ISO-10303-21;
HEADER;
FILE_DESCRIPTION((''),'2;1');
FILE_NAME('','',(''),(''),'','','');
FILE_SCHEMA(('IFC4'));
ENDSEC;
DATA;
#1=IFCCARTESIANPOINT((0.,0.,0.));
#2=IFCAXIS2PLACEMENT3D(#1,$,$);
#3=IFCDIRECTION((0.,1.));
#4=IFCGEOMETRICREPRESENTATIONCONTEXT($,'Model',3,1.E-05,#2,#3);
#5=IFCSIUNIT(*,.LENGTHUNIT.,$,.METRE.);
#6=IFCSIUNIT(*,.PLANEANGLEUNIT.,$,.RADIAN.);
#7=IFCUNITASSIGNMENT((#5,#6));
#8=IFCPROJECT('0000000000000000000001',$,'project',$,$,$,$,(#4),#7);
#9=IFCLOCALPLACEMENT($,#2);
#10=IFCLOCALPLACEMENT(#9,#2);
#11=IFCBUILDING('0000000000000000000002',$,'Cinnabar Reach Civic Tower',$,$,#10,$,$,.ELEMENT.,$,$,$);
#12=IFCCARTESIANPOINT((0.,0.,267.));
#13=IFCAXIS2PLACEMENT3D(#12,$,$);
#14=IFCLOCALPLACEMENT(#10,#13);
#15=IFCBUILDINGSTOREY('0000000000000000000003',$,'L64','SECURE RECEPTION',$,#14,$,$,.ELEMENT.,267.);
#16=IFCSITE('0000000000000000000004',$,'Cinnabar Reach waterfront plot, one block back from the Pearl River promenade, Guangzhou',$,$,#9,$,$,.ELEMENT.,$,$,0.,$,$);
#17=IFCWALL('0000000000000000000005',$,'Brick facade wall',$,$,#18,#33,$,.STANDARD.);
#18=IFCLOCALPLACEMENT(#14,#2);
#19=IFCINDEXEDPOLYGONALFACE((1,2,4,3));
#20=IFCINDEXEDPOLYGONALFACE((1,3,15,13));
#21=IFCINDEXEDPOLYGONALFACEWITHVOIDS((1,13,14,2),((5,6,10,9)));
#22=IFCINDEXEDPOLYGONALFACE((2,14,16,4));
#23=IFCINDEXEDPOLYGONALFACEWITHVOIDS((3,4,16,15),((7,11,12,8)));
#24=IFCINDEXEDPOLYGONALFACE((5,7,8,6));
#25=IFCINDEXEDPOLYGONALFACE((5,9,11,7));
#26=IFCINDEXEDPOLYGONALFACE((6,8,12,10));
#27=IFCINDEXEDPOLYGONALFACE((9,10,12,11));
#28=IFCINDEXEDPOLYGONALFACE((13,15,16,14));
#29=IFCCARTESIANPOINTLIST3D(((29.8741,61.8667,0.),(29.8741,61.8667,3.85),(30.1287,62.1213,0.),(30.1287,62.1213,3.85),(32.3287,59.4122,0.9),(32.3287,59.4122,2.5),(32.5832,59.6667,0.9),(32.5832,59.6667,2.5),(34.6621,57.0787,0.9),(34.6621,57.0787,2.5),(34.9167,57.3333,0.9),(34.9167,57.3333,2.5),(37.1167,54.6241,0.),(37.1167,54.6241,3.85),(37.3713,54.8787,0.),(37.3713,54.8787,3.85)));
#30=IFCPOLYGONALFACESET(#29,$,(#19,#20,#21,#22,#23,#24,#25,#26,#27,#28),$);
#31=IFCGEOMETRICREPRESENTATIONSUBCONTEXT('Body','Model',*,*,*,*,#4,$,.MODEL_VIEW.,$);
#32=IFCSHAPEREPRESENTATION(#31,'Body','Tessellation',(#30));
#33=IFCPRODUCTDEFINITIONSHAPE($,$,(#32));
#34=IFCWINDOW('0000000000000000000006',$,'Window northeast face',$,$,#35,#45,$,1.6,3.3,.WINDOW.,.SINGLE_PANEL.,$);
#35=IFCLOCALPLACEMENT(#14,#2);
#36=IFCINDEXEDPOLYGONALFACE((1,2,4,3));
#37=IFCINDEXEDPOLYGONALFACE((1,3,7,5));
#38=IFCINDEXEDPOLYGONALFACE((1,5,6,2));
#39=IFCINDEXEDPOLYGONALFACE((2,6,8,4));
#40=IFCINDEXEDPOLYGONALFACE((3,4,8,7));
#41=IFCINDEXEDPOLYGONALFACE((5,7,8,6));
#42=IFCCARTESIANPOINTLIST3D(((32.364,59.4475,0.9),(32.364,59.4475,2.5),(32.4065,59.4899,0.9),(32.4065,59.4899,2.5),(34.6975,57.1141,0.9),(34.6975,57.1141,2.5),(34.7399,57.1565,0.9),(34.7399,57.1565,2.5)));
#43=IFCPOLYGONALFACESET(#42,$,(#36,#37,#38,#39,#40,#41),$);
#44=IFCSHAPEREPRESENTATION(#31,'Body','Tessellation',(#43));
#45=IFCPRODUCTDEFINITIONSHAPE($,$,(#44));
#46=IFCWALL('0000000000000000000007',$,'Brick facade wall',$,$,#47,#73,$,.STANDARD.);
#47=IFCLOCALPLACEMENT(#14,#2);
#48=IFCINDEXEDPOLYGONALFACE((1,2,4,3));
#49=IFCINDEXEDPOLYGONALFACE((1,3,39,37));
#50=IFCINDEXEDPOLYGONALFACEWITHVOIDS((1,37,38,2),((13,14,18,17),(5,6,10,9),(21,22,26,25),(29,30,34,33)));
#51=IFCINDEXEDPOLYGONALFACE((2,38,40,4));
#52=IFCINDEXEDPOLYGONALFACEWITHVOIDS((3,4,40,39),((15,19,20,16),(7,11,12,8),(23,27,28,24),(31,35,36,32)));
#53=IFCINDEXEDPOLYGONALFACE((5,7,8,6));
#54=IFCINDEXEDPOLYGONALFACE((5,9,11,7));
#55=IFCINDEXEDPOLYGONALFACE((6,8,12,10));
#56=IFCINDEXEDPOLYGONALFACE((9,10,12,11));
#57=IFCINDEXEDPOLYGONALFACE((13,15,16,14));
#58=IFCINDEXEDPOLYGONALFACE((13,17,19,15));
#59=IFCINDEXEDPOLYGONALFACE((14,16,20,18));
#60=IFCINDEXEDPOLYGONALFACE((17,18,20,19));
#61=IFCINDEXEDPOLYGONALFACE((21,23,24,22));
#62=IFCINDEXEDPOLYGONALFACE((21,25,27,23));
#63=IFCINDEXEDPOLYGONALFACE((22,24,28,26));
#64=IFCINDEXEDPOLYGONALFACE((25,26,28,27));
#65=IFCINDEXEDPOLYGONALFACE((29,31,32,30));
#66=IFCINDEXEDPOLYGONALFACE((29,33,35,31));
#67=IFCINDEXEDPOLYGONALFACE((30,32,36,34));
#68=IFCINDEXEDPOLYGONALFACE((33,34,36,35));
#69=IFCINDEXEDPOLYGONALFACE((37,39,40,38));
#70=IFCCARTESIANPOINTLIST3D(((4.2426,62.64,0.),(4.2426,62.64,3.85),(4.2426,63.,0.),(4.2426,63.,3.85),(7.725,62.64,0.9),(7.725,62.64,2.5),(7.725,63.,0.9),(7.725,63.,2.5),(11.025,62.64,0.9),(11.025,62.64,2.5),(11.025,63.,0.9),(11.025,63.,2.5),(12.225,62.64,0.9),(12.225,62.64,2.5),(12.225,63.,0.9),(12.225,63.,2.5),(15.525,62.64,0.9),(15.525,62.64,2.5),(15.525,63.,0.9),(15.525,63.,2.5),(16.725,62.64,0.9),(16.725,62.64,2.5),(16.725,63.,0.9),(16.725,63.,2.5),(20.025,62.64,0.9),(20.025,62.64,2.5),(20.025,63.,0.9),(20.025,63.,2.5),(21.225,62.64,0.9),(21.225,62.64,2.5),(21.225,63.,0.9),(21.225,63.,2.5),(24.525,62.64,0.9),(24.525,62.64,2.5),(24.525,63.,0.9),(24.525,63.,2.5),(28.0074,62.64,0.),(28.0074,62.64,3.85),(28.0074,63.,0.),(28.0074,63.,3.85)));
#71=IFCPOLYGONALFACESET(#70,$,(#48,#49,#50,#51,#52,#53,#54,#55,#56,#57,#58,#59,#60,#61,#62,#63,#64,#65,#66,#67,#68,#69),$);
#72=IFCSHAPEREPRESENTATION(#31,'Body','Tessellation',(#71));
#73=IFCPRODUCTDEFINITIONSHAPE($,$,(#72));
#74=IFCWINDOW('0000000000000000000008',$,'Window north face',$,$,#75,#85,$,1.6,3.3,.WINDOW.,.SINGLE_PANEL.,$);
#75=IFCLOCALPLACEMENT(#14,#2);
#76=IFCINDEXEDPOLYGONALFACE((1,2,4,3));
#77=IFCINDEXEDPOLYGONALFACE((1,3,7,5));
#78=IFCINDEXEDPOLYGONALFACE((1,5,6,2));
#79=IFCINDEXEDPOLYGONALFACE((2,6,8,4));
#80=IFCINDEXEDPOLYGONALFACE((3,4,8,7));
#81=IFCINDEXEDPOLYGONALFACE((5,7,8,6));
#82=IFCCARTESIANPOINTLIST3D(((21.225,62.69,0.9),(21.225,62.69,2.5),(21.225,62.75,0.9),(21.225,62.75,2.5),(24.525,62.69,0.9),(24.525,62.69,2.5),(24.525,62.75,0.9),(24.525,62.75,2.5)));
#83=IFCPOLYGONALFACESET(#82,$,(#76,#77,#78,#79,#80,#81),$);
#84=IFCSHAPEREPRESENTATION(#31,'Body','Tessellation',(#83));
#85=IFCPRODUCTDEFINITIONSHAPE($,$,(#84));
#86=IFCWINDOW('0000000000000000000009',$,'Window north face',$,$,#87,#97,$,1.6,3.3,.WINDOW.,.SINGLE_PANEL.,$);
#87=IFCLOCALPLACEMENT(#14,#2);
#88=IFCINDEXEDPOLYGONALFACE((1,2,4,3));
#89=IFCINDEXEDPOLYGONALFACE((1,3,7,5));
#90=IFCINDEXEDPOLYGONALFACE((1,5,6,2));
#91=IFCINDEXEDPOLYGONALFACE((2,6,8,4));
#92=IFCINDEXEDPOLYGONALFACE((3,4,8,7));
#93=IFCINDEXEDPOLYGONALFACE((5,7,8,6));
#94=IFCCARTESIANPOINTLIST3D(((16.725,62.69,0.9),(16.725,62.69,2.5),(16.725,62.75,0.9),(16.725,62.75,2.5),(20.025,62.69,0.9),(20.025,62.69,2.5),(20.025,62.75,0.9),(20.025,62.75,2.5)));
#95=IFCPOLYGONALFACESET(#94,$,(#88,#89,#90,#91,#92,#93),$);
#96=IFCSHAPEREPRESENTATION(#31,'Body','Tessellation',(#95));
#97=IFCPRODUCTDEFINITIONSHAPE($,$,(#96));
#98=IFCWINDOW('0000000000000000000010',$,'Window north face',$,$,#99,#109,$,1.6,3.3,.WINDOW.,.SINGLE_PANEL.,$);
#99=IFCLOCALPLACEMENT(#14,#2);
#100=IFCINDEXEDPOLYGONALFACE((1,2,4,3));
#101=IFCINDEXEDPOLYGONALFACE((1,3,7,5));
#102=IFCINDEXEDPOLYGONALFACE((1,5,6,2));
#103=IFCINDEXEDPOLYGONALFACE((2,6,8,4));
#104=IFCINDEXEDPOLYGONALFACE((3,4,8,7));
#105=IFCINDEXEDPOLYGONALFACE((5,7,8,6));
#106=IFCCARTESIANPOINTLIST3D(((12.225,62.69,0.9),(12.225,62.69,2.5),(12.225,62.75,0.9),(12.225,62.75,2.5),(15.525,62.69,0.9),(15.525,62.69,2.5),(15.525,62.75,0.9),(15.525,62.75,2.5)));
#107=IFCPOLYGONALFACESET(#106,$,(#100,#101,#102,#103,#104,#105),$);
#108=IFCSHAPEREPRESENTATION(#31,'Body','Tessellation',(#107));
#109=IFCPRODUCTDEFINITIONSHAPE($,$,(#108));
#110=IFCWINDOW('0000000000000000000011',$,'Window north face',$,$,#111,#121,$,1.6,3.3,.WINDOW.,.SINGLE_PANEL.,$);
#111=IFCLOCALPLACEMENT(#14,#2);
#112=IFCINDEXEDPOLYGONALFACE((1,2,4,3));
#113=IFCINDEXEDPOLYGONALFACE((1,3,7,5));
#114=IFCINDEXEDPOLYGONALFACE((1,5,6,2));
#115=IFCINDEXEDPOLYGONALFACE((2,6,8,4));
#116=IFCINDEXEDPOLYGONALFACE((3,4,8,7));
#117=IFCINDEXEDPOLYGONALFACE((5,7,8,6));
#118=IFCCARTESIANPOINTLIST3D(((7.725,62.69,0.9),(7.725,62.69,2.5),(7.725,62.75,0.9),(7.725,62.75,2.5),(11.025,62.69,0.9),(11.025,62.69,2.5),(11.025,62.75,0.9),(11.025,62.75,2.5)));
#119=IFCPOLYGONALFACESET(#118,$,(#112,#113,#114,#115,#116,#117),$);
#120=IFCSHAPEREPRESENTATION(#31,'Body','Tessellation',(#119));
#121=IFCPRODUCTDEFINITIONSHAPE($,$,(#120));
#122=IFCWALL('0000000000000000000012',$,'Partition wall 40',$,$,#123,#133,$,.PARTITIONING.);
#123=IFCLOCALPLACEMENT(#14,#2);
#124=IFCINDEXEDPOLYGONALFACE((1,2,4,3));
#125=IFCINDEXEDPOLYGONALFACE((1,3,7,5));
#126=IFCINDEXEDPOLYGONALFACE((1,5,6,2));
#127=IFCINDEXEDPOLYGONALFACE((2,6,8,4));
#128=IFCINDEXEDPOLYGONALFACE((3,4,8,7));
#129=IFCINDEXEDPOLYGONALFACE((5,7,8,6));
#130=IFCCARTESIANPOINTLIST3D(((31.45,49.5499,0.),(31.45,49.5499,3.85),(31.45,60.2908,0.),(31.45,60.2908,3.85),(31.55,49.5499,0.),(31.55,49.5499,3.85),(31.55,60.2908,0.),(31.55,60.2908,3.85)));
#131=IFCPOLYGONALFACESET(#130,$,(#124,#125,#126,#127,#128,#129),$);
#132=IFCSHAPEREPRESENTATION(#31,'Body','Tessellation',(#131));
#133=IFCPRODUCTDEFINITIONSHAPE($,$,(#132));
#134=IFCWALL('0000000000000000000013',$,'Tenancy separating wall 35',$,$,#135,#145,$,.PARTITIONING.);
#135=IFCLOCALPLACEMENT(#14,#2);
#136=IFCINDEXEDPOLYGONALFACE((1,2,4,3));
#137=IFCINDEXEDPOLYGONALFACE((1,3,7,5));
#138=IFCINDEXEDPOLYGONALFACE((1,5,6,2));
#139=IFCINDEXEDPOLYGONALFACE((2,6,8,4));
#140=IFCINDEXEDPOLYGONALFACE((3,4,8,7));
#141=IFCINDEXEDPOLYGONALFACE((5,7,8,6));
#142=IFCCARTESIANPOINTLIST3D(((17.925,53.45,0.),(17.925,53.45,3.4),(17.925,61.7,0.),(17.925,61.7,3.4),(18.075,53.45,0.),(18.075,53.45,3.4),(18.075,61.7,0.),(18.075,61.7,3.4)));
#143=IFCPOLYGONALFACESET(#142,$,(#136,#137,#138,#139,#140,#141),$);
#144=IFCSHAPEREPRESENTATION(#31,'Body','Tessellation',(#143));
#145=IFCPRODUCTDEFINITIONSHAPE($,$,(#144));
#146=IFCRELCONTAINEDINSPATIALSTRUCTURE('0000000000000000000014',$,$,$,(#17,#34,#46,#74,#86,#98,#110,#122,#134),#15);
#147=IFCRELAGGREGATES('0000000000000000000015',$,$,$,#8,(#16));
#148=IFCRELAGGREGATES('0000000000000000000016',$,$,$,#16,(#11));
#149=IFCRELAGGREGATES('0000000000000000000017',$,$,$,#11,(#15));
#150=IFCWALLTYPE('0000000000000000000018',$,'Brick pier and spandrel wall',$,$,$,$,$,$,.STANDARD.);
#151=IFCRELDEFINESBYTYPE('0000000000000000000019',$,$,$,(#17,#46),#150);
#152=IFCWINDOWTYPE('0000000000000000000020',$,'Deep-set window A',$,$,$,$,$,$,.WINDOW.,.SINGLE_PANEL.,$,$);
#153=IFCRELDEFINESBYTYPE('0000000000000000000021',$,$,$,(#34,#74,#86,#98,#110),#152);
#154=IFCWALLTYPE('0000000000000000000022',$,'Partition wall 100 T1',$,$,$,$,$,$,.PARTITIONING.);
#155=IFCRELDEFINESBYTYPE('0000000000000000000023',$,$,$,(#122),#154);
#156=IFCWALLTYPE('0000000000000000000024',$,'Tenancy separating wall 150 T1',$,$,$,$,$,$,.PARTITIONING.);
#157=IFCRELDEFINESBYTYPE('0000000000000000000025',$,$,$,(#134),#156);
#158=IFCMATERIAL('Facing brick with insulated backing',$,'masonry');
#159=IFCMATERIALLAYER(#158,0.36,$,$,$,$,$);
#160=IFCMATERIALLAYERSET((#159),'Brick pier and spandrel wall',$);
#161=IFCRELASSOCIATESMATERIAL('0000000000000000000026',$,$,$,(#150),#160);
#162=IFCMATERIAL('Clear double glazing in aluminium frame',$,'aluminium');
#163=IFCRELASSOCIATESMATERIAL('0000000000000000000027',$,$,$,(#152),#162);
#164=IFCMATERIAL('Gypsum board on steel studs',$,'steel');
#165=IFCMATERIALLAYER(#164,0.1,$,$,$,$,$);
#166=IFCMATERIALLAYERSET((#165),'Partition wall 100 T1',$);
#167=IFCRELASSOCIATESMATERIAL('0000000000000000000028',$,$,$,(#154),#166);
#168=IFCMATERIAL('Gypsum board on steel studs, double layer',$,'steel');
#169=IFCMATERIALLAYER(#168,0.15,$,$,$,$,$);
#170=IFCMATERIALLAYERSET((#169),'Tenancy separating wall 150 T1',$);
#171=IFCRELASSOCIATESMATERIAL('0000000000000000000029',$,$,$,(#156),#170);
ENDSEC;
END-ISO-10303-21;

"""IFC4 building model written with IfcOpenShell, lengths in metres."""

from ifc_helpers import new_model, si_unit, direction, frame, frame_2d, origin, place, context, subcontext, project, spatial, rectangle, extrude, material, layer, layer_set, type_object, element, fill, save


model = new_model("IFC4")

# Units and contexts
model_context = context("Model", 3, precision=1e-05, world=origin(), true_north=direction((0.0, 1.0)))
body_context = subcontext(model_context, "Body", "Model", "MODEL_VIEW")
ifc_project = project(units=[si_unit("LENGTHUNIT", "METRE"), si_unit("PLANEANGLEUNIT", "RADIAN")], contexts=[model_context])

# Site, building, storey
site_placement = place(None, origin())
site = spatial("IfcSite", under=ifc_project, at=site_placement, Name="Cinnabar Reach waterfront plot, one block back from the Pearl River promenade, Guangzhou", CompositionType="ELEMENT", RefElevation=0.0)
building_placement = place(site_placement, origin())
building = spatial("IfcBuilding", under=site, at=building_placement, Name="Cinnabar Reach Civic Tower", CompositionType="ELEMENT")
storey_placement = place(building_placement, frame((0.0, 0.0, 267.0)))
storey = spatial("IfcBuildingStorey", under=building, at=storey_placement, Name="L64", Description="SECURE RECEPTION", CompositionType="ELEMENT", Elevation=267.0)

# Shared definitions
ifc_material_1 = material(Name="Facing brick with insulated backing", Category="masonry")

# Wall, opening, window
ifc_layer_1 = layer(ifc_material_1, 0.36)
ifc_layer_set_1 = layer_set([ifc_layer_1], Name="Brick pier and spandrel wall")
wall_type_1 = type_object("IfcWallType", Name="Brick pier and spandrel wall", PredefinedType="STANDARD", material=ifc_layer_set_1)
wall_1_placement = place(storey_placement, frame((37.244, 54.7514, 0.0), z_axis=(0.0, 0.0, 1.0), x_axis=(-0.707107, 0.707107, 0.0)))
wall_1 = element("IfcWall", 1, at=wall_1_placement, inside=storey, type_object=wall_type_1, Name="Brick facade wall", PredefinedType="STANDARD", context=body_context, shape_type="SweptSolid", body=[
    extrude(rectangle(XDim=10.2426, YDim=0.36, at=frame_2d((5.1213, 0.0))), origin(), (0.0, 0.0, 1.0), 3.85),
])
opening_1_placement = place(wall_1_placement, frame((3.4713, 0.0, 0.9)))
opening_1 = element("IfcOpeningElement", 2, at=opening_1_placement, cuts=wall_1, PredefinedType="OPENING", context=body_context, shape_type="SweptSolid", body=[
    extrude(rectangle(XDim=3.3, YDim=1.6, at=frame_2d((1.65, 0.8))), frame((0.0, 0.19, 0.0), z_axis=(0.0, -1.0, 0.0), x_axis=(1.0, 0.0, 0.0)), (0.0, 0.0, 1.0), 0.38),
])
ifc_material_2 = material(Name="Clear double glazing in aluminium frame", Category="aluminium")
window_type = type_object("IfcWindowType", Name="Deep-set window A", PartitioningType="SINGLE_PANEL", PredefinedType="WINDOW", material=ifc_material_2)
window_1_placement = place(opening_1_placement, origin())
window_1 = element("IfcWindow", 3, at=window_1_placement, inside=storey, type_object=window_type, Name="Window northeast face", OverallHeight=1.6, OverallWidth=3.3, PartitioningType="SINGLE_PANEL", PredefinedType="WINDOW", context=body_context, shape_type="SweptSolid", body=[
    extrude(rectangle(XDim=3.3, YDim=1.6, at=frame_2d((1.65, 0.8))), frame((0.0, 0.13, 0.0), z_axis=(0.0, -1.0, 0.0), x_axis=(1.0, 0.0, 0.0)), (0.0, 0.0, 1.0), 0.06),
])
fill(opening_1, window_1)

# Wall, openings, windows
wall_2_placement = place(storey_placement, frame((28.0074, 62.82, 0.0), z_axis=(0.0, 0.0, 1.0), x_axis=(-1.0, 0.0, 0.0)))
wall_2 = element("IfcWall", 4, at=wall_2_placement, inside=storey, type_object=wall_type_1, Name="Brick facade wall", PredefinedType="STANDARD", context=body_context, shape_type="SweptSolid", body=[
    extrude(rectangle(XDim=23.7648, YDim=0.36, at=frame_2d((11.8824, 0.0))), origin(), (0.0, 0.0, 1.0), 3.85),
])
opening_2_placement = place(wall_2_placement, frame((3.4824, 0.0, 0.9)))
opening_2 = element("IfcOpeningElement", 5, at=opening_2_placement, cuts=wall_2, PredefinedType="OPENING", context=body_context, shape_type="SweptSolid", body=[
    extrude(rectangle(XDim=3.3, YDim=1.6, at=frame_2d((1.65, 0.8))), frame((0.0, 0.19, 0.0), z_axis=(0.0, -1.0, 0.0), x_axis=(1.0, 0.0, 0.0)), (0.0, 0.0, 1.0), 0.38),
])
opening_3_placement = place(wall_2_placement, frame((7.9824, 0.0, 0.9)))
opening_3 = element("IfcOpeningElement", 6, at=opening_3_placement, cuts=wall_2, PredefinedType="OPENING", context=body_context, shape_type="SweptSolid", body=[
    extrude(rectangle(XDim=3.3, YDim=1.6, at=frame_2d((1.65, 0.8))), frame((0.0, 0.19, 0.0), z_axis=(0.0, -1.0, 0.0), x_axis=(1.0, 0.0, 0.0)), (0.0, 0.0, 1.0), 0.38),
])
opening_4_placement = place(wall_2_placement, frame((12.4824, 0.0, 0.9)))
opening_4 = element("IfcOpeningElement", 7, at=opening_4_placement, cuts=wall_2, PredefinedType="OPENING", context=body_context, shape_type="SweptSolid", body=[
    extrude(rectangle(XDim=3.3, YDim=1.6, at=frame_2d((1.65, 0.8))), frame((0.0, 0.19, 0.0), z_axis=(0.0, -1.0, 0.0), x_axis=(1.0, 0.0, 0.0)), (0.0, 0.0, 1.0), 0.38),
])
opening_5_placement = place(wall_2_placement, frame((16.9824, 0.0, 0.9)))
opening_5 = element("IfcOpeningElement", 8, at=opening_5_placement, cuts=wall_2, PredefinedType="OPENING", context=body_context, shape_type="SweptSolid", body=[
    extrude(rectangle(XDim=3.3, YDim=1.6, at=frame_2d((1.65, 0.8))), frame((0.0, 0.19, 0.0), z_axis=(0.0, -1.0, 0.0), x_axis=(1.0, 0.0, 0.0)), (0.0, 0.0, 1.0), 0.38),
])
window_2_placement = place(opening_2_placement, origin())
window_2 = element("IfcWindow", 9, at=window_2_placement, inside=storey, type_object=window_type, Name="Window north face", OverallHeight=1.6, OverallWidth=3.3, PartitioningType="SINGLE_PANEL", PredefinedType="WINDOW", context=body_context, shape_type="SweptSolid", body=[
    extrude(rectangle(XDim=3.3, YDim=1.6, at=frame_2d((1.65, 0.8))), frame((0.0, 0.13, 0.0), z_axis=(0.0, -1.0, 0.0), x_axis=(1.0, 0.0, 0.0)), (0.0, 0.0, 1.0), 0.06),
])
fill(opening_2, window_2)
window_3_placement = place(opening_3_placement, origin())
window_3 = element("IfcWindow", 10, at=window_3_placement, inside=storey, type_object=window_type, Name="Window north face", OverallHeight=1.6, OverallWidth=3.3, PartitioningType="SINGLE_PANEL", PredefinedType="WINDOW", context=body_context, shape_type="SweptSolid", body=[
    extrude(rectangle(XDim=3.3, YDim=1.6, at=frame_2d((1.65, 0.8))), frame((0.0, 0.13, 0.0), z_axis=(0.0, -1.0, 0.0), x_axis=(1.0, 0.0, 0.0)), (0.0, 0.0, 1.0), 0.06),
])
fill(opening_3, window_3)
window_4_placement = place(opening_4_placement, origin())
window_4 = element("IfcWindow", 11, at=window_4_placement, inside=storey, type_object=window_type, Name="Window north face", OverallHeight=1.6, OverallWidth=3.3, PartitioningType="SINGLE_PANEL", PredefinedType="WINDOW", context=body_context, shape_type="SweptSolid", body=[
    extrude(rectangle(XDim=3.3, YDim=1.6, at=frame_2d((1.65, 0.8))), frame((0.0, 0.13, 0.0), z_axis=(0.0, -1.0, 0.0), x_axis=(1.0, 0.0, 0.0)), (0.0, 0.0, 1.0), 0.06),
])
fill(opening_4, window_4)
window_5_placement = place(opening_5_placement, origin())
window_5 = element("IfcWindow", 12, at=window_5_placement, inside=storey, type_object=window_type, Name="Window north face", OverallHeight=1.6, OverallWidth=3.3, PartitioningType="SINGLE_PANEL", PredefinedType="WINDOW", context=body_context, shape_type="SweptSolid", body=[
    extrude(rectangle(XDim=3.3, YDim=1.6, at=frame_2d((1.65, 0.8))), frame((0.0, 0.13, 0.0), z_axis=(0.0, -1.0, 0.0), x_axis=(1.0, 0.0, 0.0)), (0.0, 0.0, 1.0), 0.06),
])
fill(opening_5, window_5)

# Walls
ifc_material_3 = material(Name="Gypsum board on steel studs", Category="steel")
ifc_layer_2 = layer(ifc_material_3, 0.1)
ifc_layer_set_2 = layer_set([ifc_layer_2], Name="Partition wall 100 T1")
wall_type_2 = type_object("IfcWallType", Name="Partition wall 100 T1", PredefinedType="PARTITIONING", material=ifc_layer_set_2)
wall_3_placement = place(storey_placement, frame((31.5, 49.55, 0.0), z_axis=(0.0, 0.0, 1.0), x_axis=(0.0, 1.0, 0.0)))
element("IfcWall", 13, at=wall_3_placement, inside=storey, type_object=wall_type_2, Name="Partition wall 40", PredefinedType="PARTITIONING", context=body_context, shape_type="SweptSolid", body=[
    extrude(rectangle(XDim=10.7409, YDim=0.1, at=frame_2d((5.3704, 0.0))), origin(), (0.0, 0.0, 1.0), 3.85),
])
ifc_material_4 = material(Name="Gypsum board on steel studs, double layer", Category="steel")
ifc_layer_3 = layer(ifc_material_4, 0.15)
ifc_layer_set_3 = layer_set([ifc_layer_3], Name="Tenancy separating wall 150 T1")
wall_type_3 = type_object("IfcWallType", Name="Tenancy separating wall 150 T1", PredefinedType="PARTITIONING", material=ifc_layer_set_3)
wall_4_placement = place(storey_placement, frame((18.0, 53.45, 0.0), z_axis=(0.0, 0.0, 1.0), x_axis=(0.0, 1.0, 0.0)))
element("IfcWall", 14, at=wall_4_placement, inside=storey, type_object=wall_type_3, Name="Tenancy separating wall 35", PredefinedType="PARTITIONING", context=body_context, shape_type="SweptSolid", body=[
    extrude(rectangle(XDim=8.25, YDim=0.15, at=frame_2d((4.125, 0.0))), origin(), (0.0, 0.0, 1.0), 3.4),
])

save(model, "model.ifc")
